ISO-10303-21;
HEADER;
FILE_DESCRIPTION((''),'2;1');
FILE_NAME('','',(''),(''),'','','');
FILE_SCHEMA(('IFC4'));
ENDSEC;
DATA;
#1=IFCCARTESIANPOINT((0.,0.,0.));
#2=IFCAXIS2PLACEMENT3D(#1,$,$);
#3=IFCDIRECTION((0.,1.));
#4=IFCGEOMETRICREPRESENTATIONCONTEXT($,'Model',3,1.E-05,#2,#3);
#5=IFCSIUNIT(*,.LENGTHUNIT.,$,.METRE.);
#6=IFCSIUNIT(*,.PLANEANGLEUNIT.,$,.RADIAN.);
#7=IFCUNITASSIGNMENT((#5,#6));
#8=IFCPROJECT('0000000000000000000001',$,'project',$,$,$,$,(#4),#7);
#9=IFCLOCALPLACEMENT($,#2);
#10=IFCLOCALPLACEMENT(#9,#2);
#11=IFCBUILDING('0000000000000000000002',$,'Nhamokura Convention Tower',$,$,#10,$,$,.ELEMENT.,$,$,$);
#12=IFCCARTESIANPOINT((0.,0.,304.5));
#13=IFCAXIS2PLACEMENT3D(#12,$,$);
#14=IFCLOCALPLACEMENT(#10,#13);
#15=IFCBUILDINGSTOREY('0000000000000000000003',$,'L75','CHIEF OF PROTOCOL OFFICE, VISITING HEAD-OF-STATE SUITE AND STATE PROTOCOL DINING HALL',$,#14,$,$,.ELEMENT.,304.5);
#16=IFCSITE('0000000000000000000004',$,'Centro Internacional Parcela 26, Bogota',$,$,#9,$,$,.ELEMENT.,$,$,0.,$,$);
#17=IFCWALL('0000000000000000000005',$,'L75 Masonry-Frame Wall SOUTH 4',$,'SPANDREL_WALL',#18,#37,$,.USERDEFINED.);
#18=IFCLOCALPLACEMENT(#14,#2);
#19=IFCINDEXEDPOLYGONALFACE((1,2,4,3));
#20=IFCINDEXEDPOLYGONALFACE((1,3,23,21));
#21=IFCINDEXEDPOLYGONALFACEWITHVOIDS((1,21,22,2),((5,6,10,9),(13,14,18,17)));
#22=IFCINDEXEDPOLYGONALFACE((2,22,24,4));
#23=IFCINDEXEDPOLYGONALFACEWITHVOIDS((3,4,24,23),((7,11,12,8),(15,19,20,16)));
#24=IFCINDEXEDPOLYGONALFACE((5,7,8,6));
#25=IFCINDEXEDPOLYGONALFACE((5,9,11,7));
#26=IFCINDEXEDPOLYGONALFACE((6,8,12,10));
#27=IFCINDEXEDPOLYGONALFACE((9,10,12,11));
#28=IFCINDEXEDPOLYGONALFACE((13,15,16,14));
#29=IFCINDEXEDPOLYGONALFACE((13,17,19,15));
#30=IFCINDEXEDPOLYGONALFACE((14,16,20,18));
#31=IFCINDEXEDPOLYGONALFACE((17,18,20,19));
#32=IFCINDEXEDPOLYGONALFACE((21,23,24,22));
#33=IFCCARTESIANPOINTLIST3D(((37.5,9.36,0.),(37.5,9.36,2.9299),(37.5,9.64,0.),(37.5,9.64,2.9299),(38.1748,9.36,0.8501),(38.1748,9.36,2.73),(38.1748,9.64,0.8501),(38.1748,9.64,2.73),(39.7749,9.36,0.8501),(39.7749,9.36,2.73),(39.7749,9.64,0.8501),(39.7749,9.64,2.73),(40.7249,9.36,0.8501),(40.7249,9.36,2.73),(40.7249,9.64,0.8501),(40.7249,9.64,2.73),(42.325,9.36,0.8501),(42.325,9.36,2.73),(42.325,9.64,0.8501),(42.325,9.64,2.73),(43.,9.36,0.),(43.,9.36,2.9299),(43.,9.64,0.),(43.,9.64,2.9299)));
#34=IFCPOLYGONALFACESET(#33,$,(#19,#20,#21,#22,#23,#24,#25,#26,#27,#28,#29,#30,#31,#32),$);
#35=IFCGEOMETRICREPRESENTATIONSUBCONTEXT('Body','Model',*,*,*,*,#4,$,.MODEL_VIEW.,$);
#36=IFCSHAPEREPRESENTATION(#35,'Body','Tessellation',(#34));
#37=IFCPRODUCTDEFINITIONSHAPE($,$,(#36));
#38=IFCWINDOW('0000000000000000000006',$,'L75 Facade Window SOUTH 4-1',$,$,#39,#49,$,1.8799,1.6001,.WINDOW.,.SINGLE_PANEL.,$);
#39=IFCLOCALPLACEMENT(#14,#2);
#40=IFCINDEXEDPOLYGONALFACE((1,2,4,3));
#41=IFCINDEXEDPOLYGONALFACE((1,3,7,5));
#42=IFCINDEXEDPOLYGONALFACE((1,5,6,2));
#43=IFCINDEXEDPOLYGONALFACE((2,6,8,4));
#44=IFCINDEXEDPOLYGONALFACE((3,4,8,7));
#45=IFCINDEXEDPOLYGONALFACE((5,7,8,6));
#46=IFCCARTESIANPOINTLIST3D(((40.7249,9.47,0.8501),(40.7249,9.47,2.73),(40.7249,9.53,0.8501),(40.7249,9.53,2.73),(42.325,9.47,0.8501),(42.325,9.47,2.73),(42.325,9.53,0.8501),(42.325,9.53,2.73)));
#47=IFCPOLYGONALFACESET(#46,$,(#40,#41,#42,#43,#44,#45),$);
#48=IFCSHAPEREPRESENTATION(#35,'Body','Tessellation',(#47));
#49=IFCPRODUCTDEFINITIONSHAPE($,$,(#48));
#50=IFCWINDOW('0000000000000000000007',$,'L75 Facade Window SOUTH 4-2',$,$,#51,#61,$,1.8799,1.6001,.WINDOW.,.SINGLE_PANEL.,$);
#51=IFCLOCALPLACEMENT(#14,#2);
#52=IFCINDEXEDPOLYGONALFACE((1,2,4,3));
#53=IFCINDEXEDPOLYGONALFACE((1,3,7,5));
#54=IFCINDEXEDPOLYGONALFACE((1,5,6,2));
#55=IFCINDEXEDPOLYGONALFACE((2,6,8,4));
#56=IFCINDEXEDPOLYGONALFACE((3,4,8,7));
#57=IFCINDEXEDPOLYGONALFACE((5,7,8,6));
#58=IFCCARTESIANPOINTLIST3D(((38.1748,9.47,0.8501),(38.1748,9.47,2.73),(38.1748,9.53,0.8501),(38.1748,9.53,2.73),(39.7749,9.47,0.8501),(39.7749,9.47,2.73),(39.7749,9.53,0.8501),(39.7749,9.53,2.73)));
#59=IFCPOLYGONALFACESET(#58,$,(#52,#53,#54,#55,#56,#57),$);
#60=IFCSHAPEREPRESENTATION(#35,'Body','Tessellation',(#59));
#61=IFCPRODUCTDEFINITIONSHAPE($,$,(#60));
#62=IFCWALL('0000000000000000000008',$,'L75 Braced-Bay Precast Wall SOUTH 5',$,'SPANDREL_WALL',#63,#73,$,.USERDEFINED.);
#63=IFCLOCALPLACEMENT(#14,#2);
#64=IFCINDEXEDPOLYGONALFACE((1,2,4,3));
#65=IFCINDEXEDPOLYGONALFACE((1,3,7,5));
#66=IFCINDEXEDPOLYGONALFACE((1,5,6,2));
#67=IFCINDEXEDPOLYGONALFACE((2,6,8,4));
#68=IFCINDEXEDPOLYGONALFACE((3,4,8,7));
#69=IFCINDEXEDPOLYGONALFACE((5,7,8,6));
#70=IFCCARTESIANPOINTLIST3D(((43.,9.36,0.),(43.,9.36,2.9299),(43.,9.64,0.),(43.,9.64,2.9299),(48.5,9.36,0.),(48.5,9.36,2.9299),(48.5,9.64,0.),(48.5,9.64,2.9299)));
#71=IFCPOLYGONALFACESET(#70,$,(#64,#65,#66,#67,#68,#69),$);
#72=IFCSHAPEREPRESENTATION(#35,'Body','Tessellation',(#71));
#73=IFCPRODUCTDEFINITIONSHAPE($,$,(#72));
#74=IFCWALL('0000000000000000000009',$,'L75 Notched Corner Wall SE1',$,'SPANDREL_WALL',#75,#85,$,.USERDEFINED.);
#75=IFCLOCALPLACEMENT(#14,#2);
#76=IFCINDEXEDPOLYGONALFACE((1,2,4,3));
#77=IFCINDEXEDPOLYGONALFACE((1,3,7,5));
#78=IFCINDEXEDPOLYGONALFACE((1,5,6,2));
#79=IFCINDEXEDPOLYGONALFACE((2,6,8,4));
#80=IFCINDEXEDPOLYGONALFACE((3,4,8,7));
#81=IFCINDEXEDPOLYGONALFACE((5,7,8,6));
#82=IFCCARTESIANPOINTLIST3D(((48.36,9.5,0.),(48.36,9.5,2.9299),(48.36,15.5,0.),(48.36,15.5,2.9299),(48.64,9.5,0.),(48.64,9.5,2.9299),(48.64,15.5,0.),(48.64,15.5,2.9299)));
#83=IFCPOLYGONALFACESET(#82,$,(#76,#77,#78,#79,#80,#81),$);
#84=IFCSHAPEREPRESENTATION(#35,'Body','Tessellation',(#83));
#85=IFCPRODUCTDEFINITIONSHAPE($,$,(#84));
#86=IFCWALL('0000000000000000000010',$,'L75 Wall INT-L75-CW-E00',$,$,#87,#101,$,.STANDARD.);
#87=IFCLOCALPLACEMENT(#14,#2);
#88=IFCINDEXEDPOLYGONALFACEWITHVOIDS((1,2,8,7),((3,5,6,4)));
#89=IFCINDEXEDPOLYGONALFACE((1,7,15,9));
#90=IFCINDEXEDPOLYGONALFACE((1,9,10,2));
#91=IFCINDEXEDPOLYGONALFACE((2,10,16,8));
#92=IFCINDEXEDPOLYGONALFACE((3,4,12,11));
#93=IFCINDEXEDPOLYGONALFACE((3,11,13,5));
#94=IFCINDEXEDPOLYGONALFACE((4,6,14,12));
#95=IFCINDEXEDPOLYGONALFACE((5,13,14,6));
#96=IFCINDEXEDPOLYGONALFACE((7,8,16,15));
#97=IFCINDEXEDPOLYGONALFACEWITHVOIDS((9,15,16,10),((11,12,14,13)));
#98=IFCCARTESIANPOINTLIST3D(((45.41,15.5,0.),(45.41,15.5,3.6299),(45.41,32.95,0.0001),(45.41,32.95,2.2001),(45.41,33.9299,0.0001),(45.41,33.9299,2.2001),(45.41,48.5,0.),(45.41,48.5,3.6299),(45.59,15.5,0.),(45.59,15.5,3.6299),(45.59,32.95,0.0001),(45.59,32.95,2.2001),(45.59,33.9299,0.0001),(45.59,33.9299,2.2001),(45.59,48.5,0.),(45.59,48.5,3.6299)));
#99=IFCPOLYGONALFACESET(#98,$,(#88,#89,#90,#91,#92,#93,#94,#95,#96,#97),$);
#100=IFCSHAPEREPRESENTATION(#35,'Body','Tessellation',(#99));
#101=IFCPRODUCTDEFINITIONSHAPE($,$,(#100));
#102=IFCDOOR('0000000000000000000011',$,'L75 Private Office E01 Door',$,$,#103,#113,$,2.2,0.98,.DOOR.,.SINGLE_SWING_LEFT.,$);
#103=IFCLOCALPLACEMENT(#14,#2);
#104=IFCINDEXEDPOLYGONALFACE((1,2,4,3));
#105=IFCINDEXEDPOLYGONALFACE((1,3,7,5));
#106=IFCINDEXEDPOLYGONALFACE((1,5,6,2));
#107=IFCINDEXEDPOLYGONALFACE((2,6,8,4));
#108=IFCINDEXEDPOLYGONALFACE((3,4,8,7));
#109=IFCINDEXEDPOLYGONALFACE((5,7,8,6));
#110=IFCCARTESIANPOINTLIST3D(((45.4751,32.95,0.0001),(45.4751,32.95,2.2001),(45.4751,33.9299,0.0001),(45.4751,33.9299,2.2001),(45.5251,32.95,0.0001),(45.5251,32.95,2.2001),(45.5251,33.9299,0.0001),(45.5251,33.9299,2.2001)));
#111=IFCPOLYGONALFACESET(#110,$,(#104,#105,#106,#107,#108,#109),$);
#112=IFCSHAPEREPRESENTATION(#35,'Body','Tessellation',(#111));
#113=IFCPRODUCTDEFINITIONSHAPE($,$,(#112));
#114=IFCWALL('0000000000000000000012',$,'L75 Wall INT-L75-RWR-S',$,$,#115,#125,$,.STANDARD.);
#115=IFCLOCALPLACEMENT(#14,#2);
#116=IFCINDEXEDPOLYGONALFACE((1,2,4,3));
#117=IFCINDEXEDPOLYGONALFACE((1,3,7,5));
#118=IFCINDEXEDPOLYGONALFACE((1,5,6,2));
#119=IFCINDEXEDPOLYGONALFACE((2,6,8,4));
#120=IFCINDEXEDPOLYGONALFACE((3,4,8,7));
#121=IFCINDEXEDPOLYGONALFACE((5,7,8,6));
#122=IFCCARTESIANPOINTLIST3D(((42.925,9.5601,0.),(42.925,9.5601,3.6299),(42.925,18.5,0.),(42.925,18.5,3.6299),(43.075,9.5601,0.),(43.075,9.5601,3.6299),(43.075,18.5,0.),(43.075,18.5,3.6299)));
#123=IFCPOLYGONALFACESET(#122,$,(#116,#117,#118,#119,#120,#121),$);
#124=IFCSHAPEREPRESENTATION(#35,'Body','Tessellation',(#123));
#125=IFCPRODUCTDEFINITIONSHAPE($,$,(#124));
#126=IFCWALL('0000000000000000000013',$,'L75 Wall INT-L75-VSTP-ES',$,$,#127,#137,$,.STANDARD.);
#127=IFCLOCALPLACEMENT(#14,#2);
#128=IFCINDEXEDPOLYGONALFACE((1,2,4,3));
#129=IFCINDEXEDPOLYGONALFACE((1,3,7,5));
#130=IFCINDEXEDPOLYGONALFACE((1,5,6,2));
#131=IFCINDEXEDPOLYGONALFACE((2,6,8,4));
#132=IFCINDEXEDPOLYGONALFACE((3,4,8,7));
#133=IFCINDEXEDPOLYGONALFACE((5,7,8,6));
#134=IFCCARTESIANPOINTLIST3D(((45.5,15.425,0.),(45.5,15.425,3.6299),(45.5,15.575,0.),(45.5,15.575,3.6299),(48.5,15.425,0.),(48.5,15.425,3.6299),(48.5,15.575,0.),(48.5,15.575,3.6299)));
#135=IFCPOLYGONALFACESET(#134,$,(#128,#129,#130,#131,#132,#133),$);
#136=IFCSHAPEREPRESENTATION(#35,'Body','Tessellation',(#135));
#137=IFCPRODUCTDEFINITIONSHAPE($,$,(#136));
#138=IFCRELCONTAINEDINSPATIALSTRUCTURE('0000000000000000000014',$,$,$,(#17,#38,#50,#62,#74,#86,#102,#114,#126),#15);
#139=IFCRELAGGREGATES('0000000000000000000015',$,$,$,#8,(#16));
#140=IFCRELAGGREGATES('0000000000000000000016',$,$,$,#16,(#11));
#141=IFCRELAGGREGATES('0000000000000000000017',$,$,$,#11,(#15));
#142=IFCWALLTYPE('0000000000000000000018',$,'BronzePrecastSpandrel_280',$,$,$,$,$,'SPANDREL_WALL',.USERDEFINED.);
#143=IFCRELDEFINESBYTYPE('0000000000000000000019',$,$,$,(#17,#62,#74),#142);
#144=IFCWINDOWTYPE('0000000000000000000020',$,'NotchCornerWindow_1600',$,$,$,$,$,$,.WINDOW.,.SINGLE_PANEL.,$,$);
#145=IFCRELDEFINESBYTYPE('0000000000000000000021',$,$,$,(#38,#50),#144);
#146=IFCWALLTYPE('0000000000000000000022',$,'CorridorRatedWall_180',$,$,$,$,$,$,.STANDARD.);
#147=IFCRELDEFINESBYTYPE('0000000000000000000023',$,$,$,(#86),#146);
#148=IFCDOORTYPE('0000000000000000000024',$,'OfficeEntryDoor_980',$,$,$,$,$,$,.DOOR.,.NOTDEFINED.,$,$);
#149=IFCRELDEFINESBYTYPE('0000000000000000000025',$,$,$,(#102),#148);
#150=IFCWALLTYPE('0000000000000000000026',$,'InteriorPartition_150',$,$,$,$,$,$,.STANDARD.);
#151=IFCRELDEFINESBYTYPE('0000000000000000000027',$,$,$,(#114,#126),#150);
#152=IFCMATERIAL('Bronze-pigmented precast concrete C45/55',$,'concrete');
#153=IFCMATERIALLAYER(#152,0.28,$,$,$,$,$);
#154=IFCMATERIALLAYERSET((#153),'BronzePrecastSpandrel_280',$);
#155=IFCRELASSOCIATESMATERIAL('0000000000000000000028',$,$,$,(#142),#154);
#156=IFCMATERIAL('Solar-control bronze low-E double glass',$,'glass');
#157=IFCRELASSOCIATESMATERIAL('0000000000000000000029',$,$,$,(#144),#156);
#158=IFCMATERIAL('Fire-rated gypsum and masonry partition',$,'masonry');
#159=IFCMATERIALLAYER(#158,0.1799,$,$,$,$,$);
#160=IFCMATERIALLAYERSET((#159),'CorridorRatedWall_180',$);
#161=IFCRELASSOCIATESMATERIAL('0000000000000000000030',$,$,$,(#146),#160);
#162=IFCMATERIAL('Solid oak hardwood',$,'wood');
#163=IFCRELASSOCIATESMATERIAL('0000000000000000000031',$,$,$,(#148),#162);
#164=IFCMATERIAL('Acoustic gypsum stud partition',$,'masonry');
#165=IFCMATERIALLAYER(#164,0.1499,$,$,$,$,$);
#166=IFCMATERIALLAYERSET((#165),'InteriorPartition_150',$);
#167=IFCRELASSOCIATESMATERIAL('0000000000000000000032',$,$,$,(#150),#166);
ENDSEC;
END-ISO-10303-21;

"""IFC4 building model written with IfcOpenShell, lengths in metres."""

from ifc_helpers import new_model, si_unit, direction, frame, frame_2d, origin, place, context, subcontext, project, spatial, rectangle, extrude, material, layer, layer_set, type_object, element, fill, save


model = new_model("IFC4")

# Units and contexts
model_context = context("Model", 3, precision=1e-05, world=origin(), true_north=direction((0.0, 1.0)))
body_context = subcontext(model_context, "Body", "Model", "MODEL_VIEW")
ifc_project = project(units=[si_unit("LENGTHUNIT", "METRE"), si_unit("PLANEANGLEUNIT", "RADIAN")], contexts=[model_context])

# Site, building, storey
site_placement = place(None, origin())
site = spatial("IfcSite", under=ifc_project, at=site_placement, Name="Centro Internacional Parcela 26, Bogota", CompositionType="ELEMENT", RefElevation=0.0)
building_placement = place(site_placement, origin())
building = spatial("IfcBuilding", under=site, at=building_placement, Name="Nhamokura Convention Tower", CompositionType="ELEMENT")
storey_placement = place(building_placement, frame((0.0, 0.0, 304.5)))
storey = spatial("IfcBuildingStorey", under=building, at=storey_placement, Name="L75", Description="CHIEF OF PROTOCOL OFFICE, VISITING HEAD-OF-STATE SUITE AND STATE PROTOCOL DINING HALL", CompositionType="ELEMENT", Elevation=304.5)

# Wall, openings, windows
ifc_material_1 = material(Name="Bronze-pigmented precast concrete C45/55", Category="concrete")
ifc_layer_1 = layer(ifc_material_1, 0.28)
ifc_layer_set_1 = layer_set([ifc_layer_1], Name="BronzePrecastSpandrel_280")
wall_type_1 = type_object("IfcWallType", Name="BronzePrecastSpandrel_280", ElementType="SPANDREL_WALL", PredefinedType="USERDEFINED", material=ifc_layer_set_1)
wall_1_placement = place(storey_placement, frame((43.0, 9.5, 0.0), z_axis=(0.0, 0.0, 1.0), x_axis=(-1.0, 0.0, 0.0)))
wall_1 = element("IfcWall", 1, at=wall_1_placement, inside=storey, type_object=wall_type_1, Name="L75 Masonry-Frame Wall SOUTH 4", ObjectType="SPANDREL_WALL", PredefinedType="USERDEFINED", context=body_context, shape_type="SweptSolid", body=[
    extrude(rectangle(XDim=5.5, YDim=0.28, at=frame_2d((2.75, 0.0))), origin(), (0.0, 0.0, 1.0), 2.9299),
])
opening_1_placement = place(wall_1_placement, frame((0.675, 0.0, 0.8501)))
opening_1 = element("IfcOpeningElement", 2, at=opening_1_placement, cuts=wall_1, PredefinedType="OPENING", context=body_context, shape_type="SweptSolid", body=[
    extrude(rectangle(XDim=1.6001, YDim=1.8799, at=frame_2d((0.8, 0.9399))), frame((0.0, 0.1499, 0.0), z_axis=(0.0, -1.0, 0.0), x_axis=(1.0, 0.0, 0.0)), (0.0, 0.0, 1.0), 0.3),
])
opening_2_placement = place(wall_1_placement, frame((3.2251, 0.0, 0.8501)))
opening_2 = element("IfcOpeningElement", 3, at=opening_2_placement, cuts=wall_1, PredefinedType="OPENING", context=body_context, shape_type="SweptSolid", body=[
    extrude(rectangle(XDim=1.6001, YDim=1.8799, at=frame_2d((0.8, 0.9399))), frame((0.0, 0.1499, 0.0), z_axis=(0.0, -1.0, 0.0), x_axis=(1.0, 0.0, 0.0)), (0.0, 0.0, 1.0), 0.3),
])
ifc_material_2 = material(Name="Solar-control bronze low-E double glass", Category="glass")
window_type = type_object("IfcWindowType", Name="NotchCornerWindow_1600", PartitioningType="SINGLE_PANEL", PredefinedType="WINDOW", material=ifc_material_2)
window_1_placement = place(opening_1_placement, origin())
window_1 = element("IfcWindow", 4, at=window_1_placement, inside=storey, type_object=window_type, Name="L75 Facade Window SOUTH 4-1", OverallHeight=1.8799, OverallWidth=1.6001, PartitioningType="SINGLE_PANEL", PredefinedType="WINDOW", context=body_context, shape_type="SweptSolid", body=[
    extrude(rectangle(XDim=1.6001, YDim=1.8799, at=frame_2d((0.8, 0.9399))), frame((0.0, 0.03, 0.0), z_axis=(0.0, -1.0, 0.0), x_axis=(1.0, 0.0, 0.0)), (0.0, 0.0, 1.0), 0.0601),
])
fill(opening_1, window_1)
window_2_placement = place(opening_2_placement, origin())
window_2 = element("IfcWindow", 5, at=window_2_placement, inside=storey, type_object=window_type, Name="L75 Facade Window SOUTH 4-2", OverallHeight=1.8799, OverallWidth=1.6001, PartitioningType="SINGLE_PANEL", PredefinedType="WINDOW", context=body_context, shape_type="SweptSolid", body=[
    extrude(rectangle(XDim=1.6001, YDim=1.8799, at=frame_2d((0.8, 0.9399))), frame((0.0, 0.03, 0.0), z_axis=(0.0, -1.0, 0.0), x_axis=(1.0, 0.0, 0.0)), (0.0, 0.0, 1.0), 0.0601),
])
fill(opening_2, window_2)

# Walls
wall_2_placement = place(storey_placement, frame((48.5, 9.5, 0.0), z_axis=(0.0, 0.0, 1.0), x_axis=(-1.0, 0.0, 0.0)))
element("IfcWall", 6, at=wall_2_placement, inside=storey, type_object=wall_type_1, Name="L75 Braced-Bay Precast Wall SOUTH 5", ObjectType="SPANDREL_WALL", PredefinedType="USERDEFINED", context=body_context, shape_type="SweptSolid", body=[
    extrude(rectangle(XDim=5.5, YDim=0.28, at=frame_2d((2.75, 0.0))), origin(), (0.0, 0.0, 1.0), 2.9299),
])
wall_3_placement = place(storey_placement, frame((48.5, 15.5, 0.0), z_axis=(0.0, 0.0, 1.0), x_axis=(0.0, -1.0, 0.0)))
element("IfcWall", 7, at=wall_3_placement, inside=storey, type_object=wall_type_1, Name="L75 Notched Corner Wall SE1", ObjectType="SPANDREL_WALL", PredefinedType="USERDEFINED", context=body_context, shape_type="SweptSolid", body=[
    extrude(rectangle(XDim=6.0, YDim=0.28, at=frame_2d((3.0, 0.0))), origin(), (0.0, 0.0, 1.0), 2.9299),
])

# Wall, opening, door
ifc_material_3 = material(Name="Fire-rated gypsum and masonry partition", Category="masonry")
ifc_layer_2 = layer(ifc_material_3, 0.1799)
ifc_layer_set_2 = layer_set([ifc_layer_2], Name="CorridorRatedWall_180")
wall_type_2 = type_object("IfcWallType", Name="CorridorRatedWall_180", PredefinedType="STANDARD", material=ifc_layer_set_2)
wall_4_placement = place(storey_placement, frame((45.5, 15.5, 0.0), z_axis=(0.0, 0.0, 1.0), x_axis=(0.0, 1.0, 0.0)))
wall_4 = element("IfcWall", 8, at=wall_4_placement, inside=storey, type_object=wall_type_2, Name="L75 Wall INT-L75-CW-E00", PredefinedType="STANDARD", context=body_context, shape_type="SweptSolid", body=[
    extrude(rectangle(XDim=33.0, YDim=0.1799, at=frame_2d((16.5, 0.0))), origin(), (0.0, 0.0, 1.0), 3.6299),
])
opening_3_placement = place(wall_4_placement, frame((17.45, 0.0, 0.0)))
opening_3 = element("IfcOpeningElement", 9, at=opening_3_placement, cuts=wall_4, PredefinedType="OPENING", context=body_context, shape_type="SweptSolid", body=[
    extrude(rectangle(XDim=0.98, YDim=2.2, at=frame_2d((0.49, 1.1001))), frame((0.0, 0.0999, 0.0), z_axis=(0.0, -1.0, 0.0), x_axis=(1.0, 0.0, 0.0)), (0.0, 0.0, 1.0), 0.2),
])
ifc_material_4 = material(Name="Solid oak hardwood", Category="wood")
door_type = type_object("IfcDoorType", Name="OfficeEntryDoor_980", OperationType="NOTDEFINED", PredefinedType="DOOR", material=ifc_material_4)
door_placement = place(opening_3_placement, origin())
door = element("IfcDoor", 10, at=door_placement, inside=storey, type_object=door_type, Name="L75 Private Office E01 Door", OperationType="SINGLE_SWING_LEFT", OverallHeight=2.2, OverallWidth=0.98, PredefinedType="DOOR", context=body_context, shape_type="SweptSolid", body=[
    extrude(rectangle(XDim=0.98, YDim=2.2, at=frame_2d((0.49, 1.1001))), frame((0.0, 0.0249, 0.0), z_axis=(0.0, -1.0, 0.0), x_axis=(1.0, 0.0, 0.0)), (0.0, 0.0, 1.0), 0.05),
])
fill(opening_3, door)

# Walls
ifc_material_5 = material(Name="Acoustic gypsum stud partition", Category="masonry")
ifc_layer_3 = layer(ifc_material_5, 0.1499)
ifc_layer_set_3 = layer_set([ifc_layer_3], Name="InteriorPartition_150")
wall_type_3 = type_object("IfcWallType", Name="InteriorPartition_150", PredefinedType="STANDARD", material=ifc_layer_set_3)
wall_5_placement = place(storey_placement, frame((43.0, 9.5601, 0.0), z_axis=(0.0, 0.0, 1.0), x_axis=(0.0, 1.0, 0.0)))
element("IfcWall", 11, at=wall_5_placement, inside=storey, type_object=wall_type_3, Name="L75 Wall INT-L75-RWR-S", PredefinedType="STANDARD", context=body_context, shape_type="SweptSolid", body=[
    extrude(rectangle(XDim=8.9399, YDim=0.1499, at=frame_2d((4.47, 0.0))), origin(), (0.0, 0.0, 1.0), 3.6299),
])
wall_6_placement = place(storey_placement, frame((45.5, 15.5, 0.0), z_axis=(0.0, 0.0, 1.0), x_axis=(1.0, 0.0, 0.0)))
element("IfcWall", 12, at=wall_6_placement, inside=storey, type_object=wall_type_3, Name="L75 Wall INT-L75-VSTP-ES", PredefinedType="STANDARD", context=body_context, shape_type="SweptSolid", body=[
    extrude(rectangle(XDim=3.0, YDim=0.1499, at=frame_2d((1.5, 0.0))), origin(), (0.0, 0.0, 1.0), 3.6299),
])

save(model, "model.ifc")
